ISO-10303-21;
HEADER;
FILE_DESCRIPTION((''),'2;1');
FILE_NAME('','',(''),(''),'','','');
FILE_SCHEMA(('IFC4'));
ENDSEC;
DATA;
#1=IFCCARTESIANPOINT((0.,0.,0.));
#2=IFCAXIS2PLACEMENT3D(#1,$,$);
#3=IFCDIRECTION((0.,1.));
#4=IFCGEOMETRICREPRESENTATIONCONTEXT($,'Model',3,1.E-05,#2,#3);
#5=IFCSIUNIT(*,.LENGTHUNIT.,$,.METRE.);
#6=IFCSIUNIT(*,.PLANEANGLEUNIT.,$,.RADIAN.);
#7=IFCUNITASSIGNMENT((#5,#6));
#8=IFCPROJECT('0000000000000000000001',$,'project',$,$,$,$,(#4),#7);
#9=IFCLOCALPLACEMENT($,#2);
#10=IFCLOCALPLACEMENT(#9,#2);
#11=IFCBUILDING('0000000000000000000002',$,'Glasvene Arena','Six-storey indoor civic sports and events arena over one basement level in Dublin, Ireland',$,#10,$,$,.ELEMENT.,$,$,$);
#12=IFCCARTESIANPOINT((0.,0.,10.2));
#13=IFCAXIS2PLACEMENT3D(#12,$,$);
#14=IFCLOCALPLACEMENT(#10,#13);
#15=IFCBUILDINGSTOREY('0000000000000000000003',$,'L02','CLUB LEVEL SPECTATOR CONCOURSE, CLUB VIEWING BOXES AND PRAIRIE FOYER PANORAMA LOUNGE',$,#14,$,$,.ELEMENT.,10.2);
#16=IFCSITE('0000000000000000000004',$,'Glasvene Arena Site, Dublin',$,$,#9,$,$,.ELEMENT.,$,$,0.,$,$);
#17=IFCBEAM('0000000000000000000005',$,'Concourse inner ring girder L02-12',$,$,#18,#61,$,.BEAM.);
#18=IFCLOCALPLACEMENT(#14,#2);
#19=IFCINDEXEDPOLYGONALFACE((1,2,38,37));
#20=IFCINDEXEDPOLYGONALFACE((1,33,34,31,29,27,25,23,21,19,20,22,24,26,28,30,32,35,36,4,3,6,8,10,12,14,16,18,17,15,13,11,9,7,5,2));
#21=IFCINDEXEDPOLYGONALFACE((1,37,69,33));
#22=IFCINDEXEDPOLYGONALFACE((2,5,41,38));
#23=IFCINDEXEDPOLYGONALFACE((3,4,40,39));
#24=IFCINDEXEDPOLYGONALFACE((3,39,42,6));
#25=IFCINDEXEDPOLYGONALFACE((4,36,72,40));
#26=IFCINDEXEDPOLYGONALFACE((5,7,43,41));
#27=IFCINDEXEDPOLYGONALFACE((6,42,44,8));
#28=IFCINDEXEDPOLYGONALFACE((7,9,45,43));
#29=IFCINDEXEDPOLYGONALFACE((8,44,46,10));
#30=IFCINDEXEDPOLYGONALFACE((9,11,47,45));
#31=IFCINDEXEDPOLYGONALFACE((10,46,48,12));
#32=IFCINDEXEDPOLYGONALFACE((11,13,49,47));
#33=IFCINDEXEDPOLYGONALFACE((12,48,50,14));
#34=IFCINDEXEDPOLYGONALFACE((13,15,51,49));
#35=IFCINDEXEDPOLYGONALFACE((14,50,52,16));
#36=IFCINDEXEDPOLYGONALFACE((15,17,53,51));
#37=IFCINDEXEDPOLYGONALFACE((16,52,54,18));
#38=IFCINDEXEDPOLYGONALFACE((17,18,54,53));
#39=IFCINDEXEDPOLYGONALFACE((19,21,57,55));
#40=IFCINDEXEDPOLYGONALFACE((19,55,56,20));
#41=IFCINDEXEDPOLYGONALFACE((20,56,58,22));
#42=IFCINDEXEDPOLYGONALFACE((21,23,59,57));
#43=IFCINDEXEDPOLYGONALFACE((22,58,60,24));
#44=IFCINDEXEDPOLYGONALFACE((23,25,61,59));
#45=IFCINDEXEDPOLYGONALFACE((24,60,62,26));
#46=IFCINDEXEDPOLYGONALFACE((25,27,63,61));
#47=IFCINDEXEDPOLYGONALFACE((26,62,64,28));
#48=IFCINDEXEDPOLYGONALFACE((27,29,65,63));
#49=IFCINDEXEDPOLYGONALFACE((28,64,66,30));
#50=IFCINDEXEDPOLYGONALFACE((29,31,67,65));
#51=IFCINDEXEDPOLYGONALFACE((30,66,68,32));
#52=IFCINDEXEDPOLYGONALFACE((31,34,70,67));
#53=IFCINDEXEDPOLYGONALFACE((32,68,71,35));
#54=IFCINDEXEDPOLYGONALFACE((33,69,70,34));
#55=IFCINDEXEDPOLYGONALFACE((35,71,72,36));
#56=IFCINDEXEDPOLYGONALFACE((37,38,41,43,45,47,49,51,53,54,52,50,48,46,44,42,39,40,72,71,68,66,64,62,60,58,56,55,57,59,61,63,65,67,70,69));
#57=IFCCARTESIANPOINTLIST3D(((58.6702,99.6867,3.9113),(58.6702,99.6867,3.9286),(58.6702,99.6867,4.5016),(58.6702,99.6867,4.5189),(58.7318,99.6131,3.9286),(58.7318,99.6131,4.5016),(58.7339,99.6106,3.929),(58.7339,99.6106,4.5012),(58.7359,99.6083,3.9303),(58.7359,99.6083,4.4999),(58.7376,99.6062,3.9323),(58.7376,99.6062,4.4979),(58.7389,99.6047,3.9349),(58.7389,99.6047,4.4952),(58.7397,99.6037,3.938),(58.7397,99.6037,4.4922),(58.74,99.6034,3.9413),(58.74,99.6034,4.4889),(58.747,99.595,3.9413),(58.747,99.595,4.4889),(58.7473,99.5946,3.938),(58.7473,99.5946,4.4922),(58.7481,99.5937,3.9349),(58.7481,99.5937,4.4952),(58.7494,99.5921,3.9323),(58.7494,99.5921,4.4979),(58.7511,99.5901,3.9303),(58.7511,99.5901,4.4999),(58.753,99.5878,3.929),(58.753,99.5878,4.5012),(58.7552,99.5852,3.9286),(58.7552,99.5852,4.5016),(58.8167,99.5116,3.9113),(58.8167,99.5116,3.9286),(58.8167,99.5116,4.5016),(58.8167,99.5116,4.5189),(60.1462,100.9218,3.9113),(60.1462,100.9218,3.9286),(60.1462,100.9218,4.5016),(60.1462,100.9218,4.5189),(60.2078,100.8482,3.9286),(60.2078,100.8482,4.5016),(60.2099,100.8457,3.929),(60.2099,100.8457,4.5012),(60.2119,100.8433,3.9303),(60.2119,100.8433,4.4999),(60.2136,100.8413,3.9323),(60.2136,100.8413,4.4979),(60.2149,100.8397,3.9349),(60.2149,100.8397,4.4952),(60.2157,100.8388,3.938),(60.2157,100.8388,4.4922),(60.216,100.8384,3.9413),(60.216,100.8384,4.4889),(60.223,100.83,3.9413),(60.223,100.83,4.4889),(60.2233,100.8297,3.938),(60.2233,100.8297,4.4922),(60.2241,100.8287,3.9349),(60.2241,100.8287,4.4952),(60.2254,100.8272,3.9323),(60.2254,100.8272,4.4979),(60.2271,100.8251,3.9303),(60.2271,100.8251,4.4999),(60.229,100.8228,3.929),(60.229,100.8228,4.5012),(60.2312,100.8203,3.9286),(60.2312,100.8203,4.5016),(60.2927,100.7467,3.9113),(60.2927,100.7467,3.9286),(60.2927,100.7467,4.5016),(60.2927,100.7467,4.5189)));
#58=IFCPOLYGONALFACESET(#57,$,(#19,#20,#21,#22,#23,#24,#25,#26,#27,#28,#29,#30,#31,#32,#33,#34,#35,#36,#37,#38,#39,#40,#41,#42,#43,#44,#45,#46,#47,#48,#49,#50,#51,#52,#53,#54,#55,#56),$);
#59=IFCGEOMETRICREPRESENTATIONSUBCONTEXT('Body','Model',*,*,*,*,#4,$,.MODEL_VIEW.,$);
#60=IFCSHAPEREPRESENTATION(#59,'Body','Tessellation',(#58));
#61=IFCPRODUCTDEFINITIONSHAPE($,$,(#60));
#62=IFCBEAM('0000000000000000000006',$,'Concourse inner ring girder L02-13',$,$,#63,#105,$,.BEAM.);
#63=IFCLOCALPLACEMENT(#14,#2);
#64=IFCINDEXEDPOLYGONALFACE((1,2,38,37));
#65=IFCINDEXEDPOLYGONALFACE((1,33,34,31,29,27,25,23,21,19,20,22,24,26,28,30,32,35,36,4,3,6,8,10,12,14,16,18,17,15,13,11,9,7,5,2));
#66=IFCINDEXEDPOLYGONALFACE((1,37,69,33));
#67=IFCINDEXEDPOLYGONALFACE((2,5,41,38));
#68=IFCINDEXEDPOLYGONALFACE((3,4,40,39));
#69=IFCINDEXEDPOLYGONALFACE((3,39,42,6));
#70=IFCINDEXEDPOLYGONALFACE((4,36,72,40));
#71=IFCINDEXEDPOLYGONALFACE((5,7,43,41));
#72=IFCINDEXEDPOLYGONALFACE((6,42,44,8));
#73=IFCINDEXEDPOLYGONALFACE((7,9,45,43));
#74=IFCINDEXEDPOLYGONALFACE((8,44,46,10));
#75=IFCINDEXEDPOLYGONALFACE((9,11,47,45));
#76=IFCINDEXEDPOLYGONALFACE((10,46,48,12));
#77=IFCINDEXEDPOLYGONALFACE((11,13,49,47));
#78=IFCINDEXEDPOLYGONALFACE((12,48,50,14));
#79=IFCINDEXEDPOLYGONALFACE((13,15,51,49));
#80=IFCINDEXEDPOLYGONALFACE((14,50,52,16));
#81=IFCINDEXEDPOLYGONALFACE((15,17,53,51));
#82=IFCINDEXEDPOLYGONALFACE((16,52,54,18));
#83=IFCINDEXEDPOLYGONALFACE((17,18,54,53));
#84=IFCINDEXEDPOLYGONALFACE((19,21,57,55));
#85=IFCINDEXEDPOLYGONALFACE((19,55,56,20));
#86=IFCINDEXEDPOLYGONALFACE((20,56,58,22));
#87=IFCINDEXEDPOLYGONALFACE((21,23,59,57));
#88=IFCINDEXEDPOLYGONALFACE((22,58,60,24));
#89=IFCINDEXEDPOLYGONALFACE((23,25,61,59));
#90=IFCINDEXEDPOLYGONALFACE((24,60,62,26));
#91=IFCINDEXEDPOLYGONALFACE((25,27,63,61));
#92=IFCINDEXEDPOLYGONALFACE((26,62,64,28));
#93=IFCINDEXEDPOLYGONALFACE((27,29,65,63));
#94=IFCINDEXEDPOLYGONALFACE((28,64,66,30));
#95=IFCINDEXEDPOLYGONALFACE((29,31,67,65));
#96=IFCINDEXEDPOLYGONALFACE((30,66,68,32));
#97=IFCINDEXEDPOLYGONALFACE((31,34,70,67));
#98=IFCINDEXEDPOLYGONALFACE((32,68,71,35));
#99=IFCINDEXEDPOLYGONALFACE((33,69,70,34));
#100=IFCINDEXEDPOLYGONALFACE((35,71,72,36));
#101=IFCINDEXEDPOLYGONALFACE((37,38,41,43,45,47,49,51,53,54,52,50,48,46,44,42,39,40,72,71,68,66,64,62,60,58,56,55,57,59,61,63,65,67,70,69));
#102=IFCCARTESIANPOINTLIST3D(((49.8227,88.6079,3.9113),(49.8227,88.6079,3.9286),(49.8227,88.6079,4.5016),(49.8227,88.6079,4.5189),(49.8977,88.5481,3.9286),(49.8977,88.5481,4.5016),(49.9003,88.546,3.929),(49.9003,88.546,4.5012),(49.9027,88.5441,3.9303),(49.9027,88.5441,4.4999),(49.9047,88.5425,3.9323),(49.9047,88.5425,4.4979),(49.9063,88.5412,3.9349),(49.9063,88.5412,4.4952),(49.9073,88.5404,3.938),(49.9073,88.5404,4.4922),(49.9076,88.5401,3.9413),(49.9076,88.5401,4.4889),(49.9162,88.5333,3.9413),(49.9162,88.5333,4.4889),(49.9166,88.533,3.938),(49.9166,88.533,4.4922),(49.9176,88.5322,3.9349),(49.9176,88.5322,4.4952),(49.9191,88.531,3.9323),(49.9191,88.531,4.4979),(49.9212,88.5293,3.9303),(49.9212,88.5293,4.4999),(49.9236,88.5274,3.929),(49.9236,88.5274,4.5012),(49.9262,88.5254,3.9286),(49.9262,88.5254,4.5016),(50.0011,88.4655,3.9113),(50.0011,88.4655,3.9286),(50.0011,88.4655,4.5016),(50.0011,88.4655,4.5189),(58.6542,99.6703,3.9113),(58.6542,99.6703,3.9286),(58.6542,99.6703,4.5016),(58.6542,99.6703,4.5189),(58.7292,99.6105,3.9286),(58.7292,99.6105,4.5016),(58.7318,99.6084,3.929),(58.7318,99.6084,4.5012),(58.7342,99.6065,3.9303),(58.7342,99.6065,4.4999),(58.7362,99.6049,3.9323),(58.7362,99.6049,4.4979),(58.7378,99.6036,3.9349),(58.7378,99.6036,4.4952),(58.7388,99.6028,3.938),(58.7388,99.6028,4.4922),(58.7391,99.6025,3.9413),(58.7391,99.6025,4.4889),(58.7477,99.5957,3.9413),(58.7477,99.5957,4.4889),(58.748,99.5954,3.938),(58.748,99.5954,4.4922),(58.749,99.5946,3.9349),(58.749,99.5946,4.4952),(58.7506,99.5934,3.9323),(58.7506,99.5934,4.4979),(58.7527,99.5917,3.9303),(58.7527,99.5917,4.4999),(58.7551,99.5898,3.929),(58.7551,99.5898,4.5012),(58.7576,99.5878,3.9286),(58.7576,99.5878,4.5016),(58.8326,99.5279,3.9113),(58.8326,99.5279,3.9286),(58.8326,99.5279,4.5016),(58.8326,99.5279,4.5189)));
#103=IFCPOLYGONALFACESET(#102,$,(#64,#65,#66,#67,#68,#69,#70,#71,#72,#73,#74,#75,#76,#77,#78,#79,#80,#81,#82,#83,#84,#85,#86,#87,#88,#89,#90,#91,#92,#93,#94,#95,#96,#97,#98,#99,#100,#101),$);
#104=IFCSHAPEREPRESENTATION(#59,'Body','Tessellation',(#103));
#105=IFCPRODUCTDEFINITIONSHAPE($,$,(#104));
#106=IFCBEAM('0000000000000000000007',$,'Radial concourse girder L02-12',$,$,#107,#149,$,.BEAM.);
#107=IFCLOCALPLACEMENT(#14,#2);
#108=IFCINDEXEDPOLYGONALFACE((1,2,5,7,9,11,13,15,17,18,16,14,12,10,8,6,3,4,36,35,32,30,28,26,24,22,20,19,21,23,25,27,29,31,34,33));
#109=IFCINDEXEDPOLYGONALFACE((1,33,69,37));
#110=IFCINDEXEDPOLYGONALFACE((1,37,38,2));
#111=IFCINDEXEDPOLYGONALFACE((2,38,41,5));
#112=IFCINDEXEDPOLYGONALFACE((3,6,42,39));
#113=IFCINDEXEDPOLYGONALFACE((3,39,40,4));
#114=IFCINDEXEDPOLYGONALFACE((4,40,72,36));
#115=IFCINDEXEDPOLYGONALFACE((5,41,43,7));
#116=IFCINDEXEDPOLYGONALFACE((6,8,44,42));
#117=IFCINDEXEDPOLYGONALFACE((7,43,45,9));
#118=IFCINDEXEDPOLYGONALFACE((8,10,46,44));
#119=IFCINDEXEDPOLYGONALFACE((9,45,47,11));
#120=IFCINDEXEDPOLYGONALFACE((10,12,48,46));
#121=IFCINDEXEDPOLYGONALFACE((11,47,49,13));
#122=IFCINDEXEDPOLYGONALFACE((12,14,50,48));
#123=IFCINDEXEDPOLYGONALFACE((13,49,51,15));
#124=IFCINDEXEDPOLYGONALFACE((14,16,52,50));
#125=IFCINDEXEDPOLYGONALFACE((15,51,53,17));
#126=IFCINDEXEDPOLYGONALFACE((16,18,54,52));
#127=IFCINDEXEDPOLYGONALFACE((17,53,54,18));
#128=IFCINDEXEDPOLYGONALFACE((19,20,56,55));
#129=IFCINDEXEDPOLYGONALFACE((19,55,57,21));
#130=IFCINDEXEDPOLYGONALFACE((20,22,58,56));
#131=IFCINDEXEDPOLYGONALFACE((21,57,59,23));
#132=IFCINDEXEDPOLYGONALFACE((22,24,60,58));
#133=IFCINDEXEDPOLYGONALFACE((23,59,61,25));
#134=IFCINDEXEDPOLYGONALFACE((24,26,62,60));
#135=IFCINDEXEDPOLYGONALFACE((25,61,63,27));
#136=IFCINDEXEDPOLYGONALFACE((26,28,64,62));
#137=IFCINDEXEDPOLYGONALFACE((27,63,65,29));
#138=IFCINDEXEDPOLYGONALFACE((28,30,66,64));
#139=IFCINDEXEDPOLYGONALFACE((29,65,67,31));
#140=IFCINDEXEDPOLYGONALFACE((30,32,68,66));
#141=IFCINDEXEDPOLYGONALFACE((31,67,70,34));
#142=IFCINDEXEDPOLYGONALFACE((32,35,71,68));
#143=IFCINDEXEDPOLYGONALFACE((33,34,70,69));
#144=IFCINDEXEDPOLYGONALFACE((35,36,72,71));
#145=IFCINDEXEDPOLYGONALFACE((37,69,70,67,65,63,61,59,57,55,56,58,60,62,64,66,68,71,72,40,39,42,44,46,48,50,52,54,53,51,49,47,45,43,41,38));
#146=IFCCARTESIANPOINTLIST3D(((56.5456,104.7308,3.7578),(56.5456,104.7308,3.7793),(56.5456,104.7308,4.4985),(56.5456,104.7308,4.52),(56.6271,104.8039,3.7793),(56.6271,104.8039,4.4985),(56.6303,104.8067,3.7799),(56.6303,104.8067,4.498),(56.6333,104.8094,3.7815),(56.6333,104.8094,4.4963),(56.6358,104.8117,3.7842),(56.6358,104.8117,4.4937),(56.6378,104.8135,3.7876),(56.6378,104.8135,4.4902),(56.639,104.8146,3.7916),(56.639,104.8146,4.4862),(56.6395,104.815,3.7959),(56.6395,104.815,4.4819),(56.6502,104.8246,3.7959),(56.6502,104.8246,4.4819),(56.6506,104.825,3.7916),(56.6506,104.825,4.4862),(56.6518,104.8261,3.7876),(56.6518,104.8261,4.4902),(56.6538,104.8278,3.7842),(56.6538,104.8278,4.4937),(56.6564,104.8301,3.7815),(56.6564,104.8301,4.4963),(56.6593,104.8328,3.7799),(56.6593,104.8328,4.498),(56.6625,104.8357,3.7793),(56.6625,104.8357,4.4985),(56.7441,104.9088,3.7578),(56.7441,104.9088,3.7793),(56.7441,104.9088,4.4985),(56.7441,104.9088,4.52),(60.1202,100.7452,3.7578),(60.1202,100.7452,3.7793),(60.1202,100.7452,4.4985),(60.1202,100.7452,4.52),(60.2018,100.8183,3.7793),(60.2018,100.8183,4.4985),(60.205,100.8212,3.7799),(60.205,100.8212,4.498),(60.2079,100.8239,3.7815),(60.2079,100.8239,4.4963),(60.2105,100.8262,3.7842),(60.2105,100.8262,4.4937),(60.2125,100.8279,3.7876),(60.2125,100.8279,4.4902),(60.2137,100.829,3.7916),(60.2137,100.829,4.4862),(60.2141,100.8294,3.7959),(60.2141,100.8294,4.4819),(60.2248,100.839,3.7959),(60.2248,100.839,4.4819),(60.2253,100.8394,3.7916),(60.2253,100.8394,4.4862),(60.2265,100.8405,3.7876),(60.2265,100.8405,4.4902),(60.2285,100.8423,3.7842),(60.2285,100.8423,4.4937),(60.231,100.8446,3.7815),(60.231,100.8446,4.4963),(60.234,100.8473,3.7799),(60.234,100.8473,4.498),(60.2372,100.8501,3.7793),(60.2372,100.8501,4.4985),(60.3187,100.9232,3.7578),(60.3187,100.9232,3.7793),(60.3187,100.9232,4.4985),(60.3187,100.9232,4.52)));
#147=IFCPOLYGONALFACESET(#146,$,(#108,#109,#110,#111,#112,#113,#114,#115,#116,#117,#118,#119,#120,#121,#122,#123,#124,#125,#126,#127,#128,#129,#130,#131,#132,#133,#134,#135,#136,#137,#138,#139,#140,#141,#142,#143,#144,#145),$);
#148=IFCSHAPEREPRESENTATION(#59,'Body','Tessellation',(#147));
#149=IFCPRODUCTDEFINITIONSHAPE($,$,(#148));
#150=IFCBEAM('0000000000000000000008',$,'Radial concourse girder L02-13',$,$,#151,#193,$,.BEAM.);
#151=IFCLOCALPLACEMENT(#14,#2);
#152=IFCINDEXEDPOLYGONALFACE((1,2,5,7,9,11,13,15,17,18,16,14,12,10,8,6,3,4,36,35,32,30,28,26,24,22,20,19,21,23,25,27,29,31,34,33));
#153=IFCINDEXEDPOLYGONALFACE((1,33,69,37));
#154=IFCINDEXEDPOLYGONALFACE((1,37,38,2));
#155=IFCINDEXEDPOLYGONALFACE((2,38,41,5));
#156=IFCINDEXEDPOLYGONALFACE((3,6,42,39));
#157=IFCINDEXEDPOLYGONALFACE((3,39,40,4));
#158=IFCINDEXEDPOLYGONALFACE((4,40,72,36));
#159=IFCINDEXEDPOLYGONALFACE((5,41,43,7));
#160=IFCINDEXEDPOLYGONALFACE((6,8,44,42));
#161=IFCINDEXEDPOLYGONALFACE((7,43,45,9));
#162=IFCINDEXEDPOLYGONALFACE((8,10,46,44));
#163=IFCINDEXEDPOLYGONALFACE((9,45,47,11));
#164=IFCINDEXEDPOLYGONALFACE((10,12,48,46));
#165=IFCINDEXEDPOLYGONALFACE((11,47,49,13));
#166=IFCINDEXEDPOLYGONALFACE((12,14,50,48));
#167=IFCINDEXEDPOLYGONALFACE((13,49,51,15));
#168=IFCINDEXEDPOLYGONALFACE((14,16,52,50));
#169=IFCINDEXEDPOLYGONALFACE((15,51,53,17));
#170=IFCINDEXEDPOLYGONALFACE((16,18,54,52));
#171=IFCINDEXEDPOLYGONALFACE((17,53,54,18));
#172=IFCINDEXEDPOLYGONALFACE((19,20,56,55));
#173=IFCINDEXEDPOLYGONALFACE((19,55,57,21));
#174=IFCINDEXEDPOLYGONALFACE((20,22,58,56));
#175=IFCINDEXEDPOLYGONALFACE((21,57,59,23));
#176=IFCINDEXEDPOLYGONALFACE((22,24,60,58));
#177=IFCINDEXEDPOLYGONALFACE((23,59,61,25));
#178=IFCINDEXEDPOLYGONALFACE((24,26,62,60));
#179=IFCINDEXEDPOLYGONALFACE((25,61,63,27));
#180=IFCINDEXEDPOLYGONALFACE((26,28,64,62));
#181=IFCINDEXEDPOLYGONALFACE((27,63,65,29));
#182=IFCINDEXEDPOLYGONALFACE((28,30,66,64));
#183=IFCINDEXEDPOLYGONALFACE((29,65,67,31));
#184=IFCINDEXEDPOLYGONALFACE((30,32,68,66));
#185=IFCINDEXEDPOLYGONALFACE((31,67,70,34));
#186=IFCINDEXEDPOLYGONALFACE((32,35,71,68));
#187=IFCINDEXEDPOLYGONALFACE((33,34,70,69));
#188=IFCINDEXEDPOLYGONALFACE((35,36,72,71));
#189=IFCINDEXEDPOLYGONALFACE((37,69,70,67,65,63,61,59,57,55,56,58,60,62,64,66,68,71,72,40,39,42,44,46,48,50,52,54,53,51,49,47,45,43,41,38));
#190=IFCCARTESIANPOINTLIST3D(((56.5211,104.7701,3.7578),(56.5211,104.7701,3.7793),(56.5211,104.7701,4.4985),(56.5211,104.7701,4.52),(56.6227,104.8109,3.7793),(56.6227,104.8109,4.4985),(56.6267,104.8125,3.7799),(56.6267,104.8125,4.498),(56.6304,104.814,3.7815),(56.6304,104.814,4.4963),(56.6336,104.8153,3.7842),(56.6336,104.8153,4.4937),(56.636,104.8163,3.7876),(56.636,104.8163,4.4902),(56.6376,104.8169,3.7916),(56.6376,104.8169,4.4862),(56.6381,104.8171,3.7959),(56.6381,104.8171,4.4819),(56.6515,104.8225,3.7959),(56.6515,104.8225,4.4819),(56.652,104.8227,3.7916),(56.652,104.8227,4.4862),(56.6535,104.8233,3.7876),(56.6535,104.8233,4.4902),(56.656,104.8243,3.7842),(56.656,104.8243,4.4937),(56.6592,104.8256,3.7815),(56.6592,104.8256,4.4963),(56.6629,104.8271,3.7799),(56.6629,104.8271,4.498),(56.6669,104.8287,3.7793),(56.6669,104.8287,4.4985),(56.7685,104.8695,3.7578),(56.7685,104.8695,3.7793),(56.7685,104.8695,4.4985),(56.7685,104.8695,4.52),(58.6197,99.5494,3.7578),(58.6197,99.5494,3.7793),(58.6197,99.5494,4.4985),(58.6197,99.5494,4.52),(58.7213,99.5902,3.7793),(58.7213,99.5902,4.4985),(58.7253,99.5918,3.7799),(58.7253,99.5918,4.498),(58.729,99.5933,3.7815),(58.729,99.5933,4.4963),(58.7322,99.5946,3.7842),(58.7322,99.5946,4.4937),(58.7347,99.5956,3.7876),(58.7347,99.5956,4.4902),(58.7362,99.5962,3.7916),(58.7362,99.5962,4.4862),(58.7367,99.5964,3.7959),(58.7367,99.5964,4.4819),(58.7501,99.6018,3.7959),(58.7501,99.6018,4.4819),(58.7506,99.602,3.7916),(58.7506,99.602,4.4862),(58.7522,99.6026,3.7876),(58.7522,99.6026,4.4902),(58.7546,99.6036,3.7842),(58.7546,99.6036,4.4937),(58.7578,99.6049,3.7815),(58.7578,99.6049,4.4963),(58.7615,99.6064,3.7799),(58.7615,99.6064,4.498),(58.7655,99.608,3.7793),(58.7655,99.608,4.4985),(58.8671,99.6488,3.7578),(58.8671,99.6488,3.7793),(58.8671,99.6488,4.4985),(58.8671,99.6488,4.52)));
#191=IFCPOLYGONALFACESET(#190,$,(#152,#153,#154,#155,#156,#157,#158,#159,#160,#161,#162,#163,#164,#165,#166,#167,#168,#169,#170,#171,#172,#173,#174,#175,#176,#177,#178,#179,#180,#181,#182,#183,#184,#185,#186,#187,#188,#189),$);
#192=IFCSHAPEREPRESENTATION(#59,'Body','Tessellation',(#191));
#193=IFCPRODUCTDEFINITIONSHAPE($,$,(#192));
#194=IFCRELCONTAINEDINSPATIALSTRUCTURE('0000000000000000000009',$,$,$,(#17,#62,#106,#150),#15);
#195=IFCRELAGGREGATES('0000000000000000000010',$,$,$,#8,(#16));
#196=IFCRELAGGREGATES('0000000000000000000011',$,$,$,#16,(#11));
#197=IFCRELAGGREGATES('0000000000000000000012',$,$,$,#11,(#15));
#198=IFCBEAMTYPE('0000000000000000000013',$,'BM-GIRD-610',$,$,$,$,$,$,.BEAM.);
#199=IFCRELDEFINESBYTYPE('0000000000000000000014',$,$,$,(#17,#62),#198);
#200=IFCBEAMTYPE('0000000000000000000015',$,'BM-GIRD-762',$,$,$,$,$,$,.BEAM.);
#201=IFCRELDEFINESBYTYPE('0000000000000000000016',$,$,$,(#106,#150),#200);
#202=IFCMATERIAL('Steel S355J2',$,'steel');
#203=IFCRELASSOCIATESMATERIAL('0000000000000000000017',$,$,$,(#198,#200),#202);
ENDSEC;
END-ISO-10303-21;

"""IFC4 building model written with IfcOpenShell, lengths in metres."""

from ifc_helpers import new_model, si_unit, direction, frame, origin, origin_2d, place, context, subcontext, project, spatial, i_section, extrude, material, material_profile, profile_set, type_object, element, save


model = new_model("IFC4")

# Units and contexts
model_context = context("Model", 3, precision=1e-05, world=origin(), true_north=direction((0.0, 1.0)))
body_context = subcontext(model_context, "Body", "Model", "MODEL_VIEW")
ifc_project = project(units=[si_unit("LENGTHUNIT", "METRE"), si_unit("PLANEANGLEUNIT", "RADIAN")], contexts=[model_context])

# Site, building, storey
site_placement = place(None, origin())
site = spatial("IfcSite", under=ifc_project, at=site_placement, Name="Glasvene Arena Site, Dublin", CompositionType="ELEMENT", RefElevation=0.0)
building_placement = place(site_placement, origin())
building = spatial("IfcBuilding", under=site, at=building_placement, Name="Glasvene Arena", Description="Six-storey indoor civic sports and events arena over one basement level in Dublin, Ireland", CompositionType="ELEMENT")
storey_placement = place(building_placement, frame((0.0, 0.0, 10.2)))
storey = spatial("IfcBuildingStorey", under=building, at=storey_placement, Name="L02", Description="CLUB LEVEL SPECTATOR CONCOURSE, CLUB VIEWING BOXES AND PRAIRIE FOYER PANORAMA LOUNGE", CompositionType="ELEMENT", Elevation=10.2)

# Shared definitions
ifc_material_1 = material(Name="Steel S355J2", Category="steel")

# Beams
ifc_material_profile_1 = material_profile(ifc_material_1, i_section(OverallWidth=0.2283, OverallDepth=0.6077, WebThickness=0.011, FlangeThickness=0.0173, FilletRadius=0.0127, at=origin_2d()), Name="UKB 610x229x113")
ifc_profile_set_1 = profile_set([ifc_material_profile_1], Name="Steel S355J2")
beam_type_1 = type_object("IfcBeamType", Name="BM-GIRD-610", PredefinedType="BEAM", material=ifc_profile_set_1)
beam_1_placement = place(storey_placement, frame((60.2195, 100.8342, 4.2151), z_axis=(-0.76693, -0.64173, 0.0), x_axis=(0.64173, -0.76693, 0.0)))
element("IfcBeam", 1, at=beam_1_placement, inside=storey, type_object=beam_type_1, Name="Concourse inner ring girder L02-12", PredefinedType="BEAM", context=body_context, shape_type="SweptSolid", body=[
    extrude(i_section(OverallWidth=0.2283, OverallDepth=0.6077, WebThickness=0.011, FlangeThickness=0.0173, FilletRadius=0.0127, at=origin_2d()), origin(), (0.0, 0.0, 1.0), 1.9246),
])
beam_2_placement = place(storey_placement, frame((58.7434, 99.5991, 4.2151), z_axis=(-0.6239, -0.781504, 0.0), x_axis=(0.781504, -0.6239, 0.0)))
element("IfcBeam", 2, at=beam_2_placement, inside=storey, type_object=beam_type_1, Name="Concourse inner ring girder L02-13", PredefinedType="BEAM", context=body_context, shape_type="SweptSolid", body=[
    extrude(i_section(OverallWidth=0.2283, OverallDepth=0.6077, WebThickness=0.011, FlangeThickness=0.0173, FilletRadius=0.0127, at=origin_2d()), origin(), (0.0, 0.0, 1.0), 14.1553),
])
ifc_material_profile_2 = material_profile(ifc_material_1, i_section(OverallWidth=0.2666, OverallDepth=0.7622, WebThickness=0.0144, FlangeThickness=0.0215, FilletRadius=0.0166, at=origin_2d()), Name="UKB 762x267x173")
ifc_profile_set_2 = profile_set([ifc_material_profile_2], Name="Steel S355J2")
beam_type_2 = type_object("IfcBeamType", Name="BM-GIRD-762", PredefinedType="BEAM", material=ifc_profile_set_2)
beam_3_placement = place(storey_placement, frame((60.2195, 100.8342, 4.1389), z_axis=(-0.667691, 0.744438, 0.0), x_axis=(-0.744438, -0.667691, 0.0)))
element("IfcBeam", 3, at=beam_3_placement, inside=storey, type_object=beam_type_2, Name="Radial concourse girder L02-12", PredefinedType="BEAM", context=body_context, shape_type="SweptSolid", body=[
    extrude(i_section(OverallWidth=0.2666, OverallDepth=0.7622, WebThickness=0.0144, FlangeThickness=0.0215, FilletRadius=0.0166, at=origin_2d()), origin(), (0.0, 0.0, 1.0), 5.3538),
])
beam_4_placement = place(storey_placement, frame((58.7434, 99.5991, 4.1389), z_axis=(-0.372976, 0.927841, 0.0), x_axis=(-0.927841, -0.372976, 0.0)))
element("IfcBeam", 4, at=beam_4_placement, inside=storey, type_object=beam_type_2, Name="Radial concourse girder L02-13", PredefinedType="BEAM", context=body_context, shape_type="SweptSolid", body=[
    extrude(i_section(OverallWidth=0.2666, OverallDepth=0.7622, WebThickness=0.0144, FlangeThickness=0.0215, FilletRadius=0.0166, at=origin_2d()), origin(), (0.0, 0.0, 1.0), 5.6267),
])

save(model, "model.ifc")
